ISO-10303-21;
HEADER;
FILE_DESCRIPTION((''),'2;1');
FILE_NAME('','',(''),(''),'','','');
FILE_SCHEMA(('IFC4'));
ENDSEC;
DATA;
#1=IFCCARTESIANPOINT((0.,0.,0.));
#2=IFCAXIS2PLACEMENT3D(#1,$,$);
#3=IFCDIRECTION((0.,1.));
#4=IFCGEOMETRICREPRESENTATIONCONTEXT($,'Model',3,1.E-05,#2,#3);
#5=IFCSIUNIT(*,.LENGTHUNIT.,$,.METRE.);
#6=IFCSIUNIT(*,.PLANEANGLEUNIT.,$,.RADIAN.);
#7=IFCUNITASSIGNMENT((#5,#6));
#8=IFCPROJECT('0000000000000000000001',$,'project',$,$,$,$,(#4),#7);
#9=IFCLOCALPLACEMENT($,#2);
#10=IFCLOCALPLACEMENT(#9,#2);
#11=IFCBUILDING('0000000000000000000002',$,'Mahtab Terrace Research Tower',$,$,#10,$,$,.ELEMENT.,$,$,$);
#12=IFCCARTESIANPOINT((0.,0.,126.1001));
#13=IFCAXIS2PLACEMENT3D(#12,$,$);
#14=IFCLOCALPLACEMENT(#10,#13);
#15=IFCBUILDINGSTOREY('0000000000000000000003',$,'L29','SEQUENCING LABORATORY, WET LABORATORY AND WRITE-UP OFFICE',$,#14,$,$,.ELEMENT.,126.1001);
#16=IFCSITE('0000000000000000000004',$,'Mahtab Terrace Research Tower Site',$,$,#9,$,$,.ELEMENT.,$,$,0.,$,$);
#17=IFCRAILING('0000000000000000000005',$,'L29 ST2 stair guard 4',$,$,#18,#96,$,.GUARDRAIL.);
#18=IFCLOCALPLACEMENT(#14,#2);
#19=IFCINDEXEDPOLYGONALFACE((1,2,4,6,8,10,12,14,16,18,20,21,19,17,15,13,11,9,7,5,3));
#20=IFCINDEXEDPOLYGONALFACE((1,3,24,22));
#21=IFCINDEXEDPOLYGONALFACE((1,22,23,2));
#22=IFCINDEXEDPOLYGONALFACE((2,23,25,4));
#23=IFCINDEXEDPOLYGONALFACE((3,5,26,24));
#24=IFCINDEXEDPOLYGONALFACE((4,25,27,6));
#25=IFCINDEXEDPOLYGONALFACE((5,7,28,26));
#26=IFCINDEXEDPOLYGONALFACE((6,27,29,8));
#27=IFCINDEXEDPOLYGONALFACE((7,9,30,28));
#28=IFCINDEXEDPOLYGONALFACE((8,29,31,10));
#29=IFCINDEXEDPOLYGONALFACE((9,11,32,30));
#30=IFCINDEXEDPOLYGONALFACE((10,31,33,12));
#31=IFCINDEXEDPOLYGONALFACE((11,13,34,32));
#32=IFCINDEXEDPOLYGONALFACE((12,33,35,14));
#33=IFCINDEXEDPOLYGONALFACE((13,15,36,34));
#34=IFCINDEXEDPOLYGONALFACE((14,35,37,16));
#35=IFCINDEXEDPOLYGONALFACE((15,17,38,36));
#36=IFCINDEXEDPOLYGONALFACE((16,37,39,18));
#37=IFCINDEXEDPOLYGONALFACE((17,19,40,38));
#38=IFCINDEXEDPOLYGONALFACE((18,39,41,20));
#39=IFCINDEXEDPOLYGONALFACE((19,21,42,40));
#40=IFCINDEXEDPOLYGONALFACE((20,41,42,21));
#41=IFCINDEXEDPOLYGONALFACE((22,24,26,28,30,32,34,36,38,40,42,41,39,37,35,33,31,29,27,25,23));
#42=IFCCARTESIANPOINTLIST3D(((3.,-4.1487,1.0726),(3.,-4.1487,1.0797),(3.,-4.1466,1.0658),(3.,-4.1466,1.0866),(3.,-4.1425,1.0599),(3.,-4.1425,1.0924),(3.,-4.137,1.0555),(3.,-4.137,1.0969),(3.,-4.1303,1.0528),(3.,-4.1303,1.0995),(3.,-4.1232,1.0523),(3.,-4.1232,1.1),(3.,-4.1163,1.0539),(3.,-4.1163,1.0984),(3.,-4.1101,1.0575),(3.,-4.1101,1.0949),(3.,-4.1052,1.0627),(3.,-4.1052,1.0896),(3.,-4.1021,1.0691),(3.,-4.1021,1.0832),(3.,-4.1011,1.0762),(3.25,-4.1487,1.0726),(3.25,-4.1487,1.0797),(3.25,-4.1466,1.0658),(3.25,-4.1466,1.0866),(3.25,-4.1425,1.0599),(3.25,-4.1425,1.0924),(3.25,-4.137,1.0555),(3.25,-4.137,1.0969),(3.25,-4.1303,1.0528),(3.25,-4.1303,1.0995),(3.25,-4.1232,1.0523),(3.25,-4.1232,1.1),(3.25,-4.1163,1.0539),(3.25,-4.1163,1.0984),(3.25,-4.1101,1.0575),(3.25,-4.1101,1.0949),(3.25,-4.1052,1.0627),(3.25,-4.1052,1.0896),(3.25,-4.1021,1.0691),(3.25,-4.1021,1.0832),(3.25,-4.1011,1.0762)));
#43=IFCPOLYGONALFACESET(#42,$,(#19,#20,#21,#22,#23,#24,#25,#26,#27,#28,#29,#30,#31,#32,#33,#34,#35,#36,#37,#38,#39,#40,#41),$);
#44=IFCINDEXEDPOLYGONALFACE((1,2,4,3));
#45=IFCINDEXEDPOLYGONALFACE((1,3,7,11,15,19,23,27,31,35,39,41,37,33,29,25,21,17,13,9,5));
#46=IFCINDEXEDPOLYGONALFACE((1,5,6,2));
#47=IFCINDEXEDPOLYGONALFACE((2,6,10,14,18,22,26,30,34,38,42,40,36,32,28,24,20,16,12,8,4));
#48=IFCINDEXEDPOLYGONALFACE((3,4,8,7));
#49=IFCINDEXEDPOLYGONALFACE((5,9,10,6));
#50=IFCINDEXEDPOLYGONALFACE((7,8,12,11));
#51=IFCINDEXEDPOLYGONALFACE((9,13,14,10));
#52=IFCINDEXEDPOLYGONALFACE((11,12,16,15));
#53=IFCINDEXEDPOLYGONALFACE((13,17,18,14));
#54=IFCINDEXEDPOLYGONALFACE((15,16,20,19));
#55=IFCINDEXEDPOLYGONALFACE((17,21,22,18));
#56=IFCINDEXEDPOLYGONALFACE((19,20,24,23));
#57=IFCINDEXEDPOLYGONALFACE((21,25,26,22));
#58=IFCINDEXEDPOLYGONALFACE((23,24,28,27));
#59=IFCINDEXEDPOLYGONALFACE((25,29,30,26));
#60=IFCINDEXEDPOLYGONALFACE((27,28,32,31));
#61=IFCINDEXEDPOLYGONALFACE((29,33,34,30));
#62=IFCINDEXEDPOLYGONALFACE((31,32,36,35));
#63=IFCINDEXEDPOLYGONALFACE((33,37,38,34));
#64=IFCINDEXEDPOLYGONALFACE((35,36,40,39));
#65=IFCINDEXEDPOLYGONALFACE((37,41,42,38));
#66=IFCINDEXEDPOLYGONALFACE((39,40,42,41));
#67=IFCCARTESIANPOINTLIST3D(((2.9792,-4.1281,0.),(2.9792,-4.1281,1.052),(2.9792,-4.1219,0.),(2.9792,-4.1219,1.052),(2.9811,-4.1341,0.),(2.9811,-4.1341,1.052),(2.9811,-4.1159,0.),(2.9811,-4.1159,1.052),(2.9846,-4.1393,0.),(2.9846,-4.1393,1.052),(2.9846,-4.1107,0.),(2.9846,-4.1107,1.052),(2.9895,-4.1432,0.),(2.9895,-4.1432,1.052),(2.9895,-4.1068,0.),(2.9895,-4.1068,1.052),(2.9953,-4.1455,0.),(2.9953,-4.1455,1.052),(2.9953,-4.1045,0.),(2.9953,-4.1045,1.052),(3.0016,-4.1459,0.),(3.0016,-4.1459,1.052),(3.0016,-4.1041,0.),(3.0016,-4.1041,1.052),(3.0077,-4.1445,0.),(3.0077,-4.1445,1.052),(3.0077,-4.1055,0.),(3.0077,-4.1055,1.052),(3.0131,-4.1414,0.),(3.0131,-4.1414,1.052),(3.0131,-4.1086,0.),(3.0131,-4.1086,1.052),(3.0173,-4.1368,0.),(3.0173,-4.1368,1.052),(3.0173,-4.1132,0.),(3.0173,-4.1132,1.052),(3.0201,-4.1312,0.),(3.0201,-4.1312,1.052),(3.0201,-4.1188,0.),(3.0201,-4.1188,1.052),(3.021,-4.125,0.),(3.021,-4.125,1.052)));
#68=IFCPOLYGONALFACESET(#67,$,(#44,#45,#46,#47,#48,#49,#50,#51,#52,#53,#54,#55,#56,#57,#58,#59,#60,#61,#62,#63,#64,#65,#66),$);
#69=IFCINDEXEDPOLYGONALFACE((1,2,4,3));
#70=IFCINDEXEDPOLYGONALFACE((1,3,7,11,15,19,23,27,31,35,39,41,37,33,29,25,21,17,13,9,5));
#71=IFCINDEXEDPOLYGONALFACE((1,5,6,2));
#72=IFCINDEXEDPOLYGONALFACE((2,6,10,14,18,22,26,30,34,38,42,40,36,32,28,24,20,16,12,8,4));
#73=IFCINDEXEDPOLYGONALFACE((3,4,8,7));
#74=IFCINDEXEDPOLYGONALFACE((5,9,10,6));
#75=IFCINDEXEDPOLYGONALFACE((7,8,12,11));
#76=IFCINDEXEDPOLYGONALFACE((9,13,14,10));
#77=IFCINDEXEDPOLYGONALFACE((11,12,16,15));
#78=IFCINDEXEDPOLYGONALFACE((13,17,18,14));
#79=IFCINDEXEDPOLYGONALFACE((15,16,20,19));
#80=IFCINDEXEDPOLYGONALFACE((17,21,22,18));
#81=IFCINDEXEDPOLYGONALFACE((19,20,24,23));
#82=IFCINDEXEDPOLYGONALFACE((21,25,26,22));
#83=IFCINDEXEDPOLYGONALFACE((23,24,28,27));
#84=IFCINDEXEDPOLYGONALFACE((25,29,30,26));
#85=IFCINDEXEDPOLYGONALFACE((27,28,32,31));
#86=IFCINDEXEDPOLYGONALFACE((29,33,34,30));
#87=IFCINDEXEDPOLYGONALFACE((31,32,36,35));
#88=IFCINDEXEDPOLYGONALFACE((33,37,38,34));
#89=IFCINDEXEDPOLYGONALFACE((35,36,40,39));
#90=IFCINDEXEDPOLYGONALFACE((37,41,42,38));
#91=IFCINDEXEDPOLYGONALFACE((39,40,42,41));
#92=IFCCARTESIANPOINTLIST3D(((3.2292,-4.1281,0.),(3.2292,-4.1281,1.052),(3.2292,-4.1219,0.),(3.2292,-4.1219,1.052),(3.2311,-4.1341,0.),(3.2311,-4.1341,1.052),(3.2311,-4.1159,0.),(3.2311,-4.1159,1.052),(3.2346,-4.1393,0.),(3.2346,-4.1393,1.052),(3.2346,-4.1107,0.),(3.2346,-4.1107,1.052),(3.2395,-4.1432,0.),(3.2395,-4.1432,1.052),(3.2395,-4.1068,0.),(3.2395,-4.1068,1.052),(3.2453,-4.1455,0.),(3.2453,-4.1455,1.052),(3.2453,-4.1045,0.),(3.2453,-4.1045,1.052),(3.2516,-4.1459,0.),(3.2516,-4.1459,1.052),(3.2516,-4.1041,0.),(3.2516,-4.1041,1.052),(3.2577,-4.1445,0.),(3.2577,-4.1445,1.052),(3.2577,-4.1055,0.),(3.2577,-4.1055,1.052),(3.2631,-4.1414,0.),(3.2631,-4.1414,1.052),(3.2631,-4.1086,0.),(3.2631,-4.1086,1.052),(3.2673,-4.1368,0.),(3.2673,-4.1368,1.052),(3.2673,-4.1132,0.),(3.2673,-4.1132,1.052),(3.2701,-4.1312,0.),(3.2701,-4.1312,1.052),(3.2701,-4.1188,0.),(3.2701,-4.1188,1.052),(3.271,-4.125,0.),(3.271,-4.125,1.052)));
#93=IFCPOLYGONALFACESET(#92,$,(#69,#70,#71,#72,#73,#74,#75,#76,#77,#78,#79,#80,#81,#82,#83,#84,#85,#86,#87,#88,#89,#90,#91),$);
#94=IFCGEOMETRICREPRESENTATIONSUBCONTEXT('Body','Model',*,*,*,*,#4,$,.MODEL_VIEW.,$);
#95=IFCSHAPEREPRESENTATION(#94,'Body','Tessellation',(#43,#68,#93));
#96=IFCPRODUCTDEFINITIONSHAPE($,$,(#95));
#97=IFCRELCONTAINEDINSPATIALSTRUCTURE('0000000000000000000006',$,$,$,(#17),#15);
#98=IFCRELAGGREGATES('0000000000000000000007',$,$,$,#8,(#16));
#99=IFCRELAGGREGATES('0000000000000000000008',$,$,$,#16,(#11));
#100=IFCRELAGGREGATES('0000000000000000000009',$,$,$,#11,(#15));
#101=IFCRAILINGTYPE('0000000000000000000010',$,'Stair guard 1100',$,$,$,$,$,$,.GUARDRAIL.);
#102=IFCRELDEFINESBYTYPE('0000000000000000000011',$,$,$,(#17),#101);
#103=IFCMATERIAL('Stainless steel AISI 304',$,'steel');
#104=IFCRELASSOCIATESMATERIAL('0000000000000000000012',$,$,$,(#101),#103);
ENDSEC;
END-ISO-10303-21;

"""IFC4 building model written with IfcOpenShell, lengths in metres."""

from ifc_helpers import new_model, si_unit, direction, frame, origin, origin_2d, place, context, subcontext, project, spatial, circle, extrude, material, type_object, element, save


model = new_model("IFC4")

# Units and contexts
model_context = context("Model", 3, precision=1e-05, world=origin(), true_north=direction((0.0, 1.0)))
body_context = subcontext(model_context, "Body", "Model", "MODEL_VIEW")
ifc_project = project(units=[si_unit("LENGTHUNIT", "METRE"), si_unit("PLANEANGLEUNIT", "RADIAN")], contexts=[model_context])

# Site, building, storey
site_placement = place(None, origin())
site = spatial("IfcSite", under=ifc_project, at=site_placement, Name="Mahtab Terrace Research Tower Site", CompositionType="ELEMENT", RefElevation=0.0)
building_placement = place(site_placement, origin())
building = spatial("IfcBuilding", under=site, at=building_placement, Name="Mahtab Terrace Research Tower", CompositionType="ELEMENT")
storey_placement = place(building_placement, frame((0.0, 0.0, 126.1001)))
storey = spatial("IfcBuildingStorey", under=building, at=storey_placement, Name="L29", Description="SEQUENCING LABORATORY, WET LABORATORY AND WRITE-UP OFFICE", CompositionType="ELEMENT", Elevation=126.1001)

# Railing
ifc_material_1 = material(Name="Stainless steel AISI 304", Category="steel")
railing_type_1 = type_object("IfcRailingType", Name="Stair guard 1100", PredefinedType="GUARDRAIL", material=ifc_material_1)
railing_1_placement = place(storey_placement, frame((3.0, -4.125, 0.0)))
element("IfcRailing", 1, at=railing_1_placement, inside=storey, type_object=railing_type_1, Name="L29 ST2 stair guard 4", PredefinedType="GUARDRAIL", context=body_context, shape_type="SweptSolid", body=[
    extrude(circle(Radius=0.0239, at=origin_2d()), frame((0.0, 0.0, 1.0762), z_axis=(1.0, 0.0, 0.0), x_axis=(0.0, 1.0, 0.0)), (0.0, 0.0, 1.0), 0.25),
    extrude(circle(Radius=0.021, at=origin_2d()), origin(), (0.0, 0.0, 1.0), 1.052),
    extrude(circle(Radius=0.021, at=origin_2d()), frame((0.25, 0.0, 0.0)), (0.0, 0.0, 1.0), 1.052),
])

save(model, "model.ifc")
